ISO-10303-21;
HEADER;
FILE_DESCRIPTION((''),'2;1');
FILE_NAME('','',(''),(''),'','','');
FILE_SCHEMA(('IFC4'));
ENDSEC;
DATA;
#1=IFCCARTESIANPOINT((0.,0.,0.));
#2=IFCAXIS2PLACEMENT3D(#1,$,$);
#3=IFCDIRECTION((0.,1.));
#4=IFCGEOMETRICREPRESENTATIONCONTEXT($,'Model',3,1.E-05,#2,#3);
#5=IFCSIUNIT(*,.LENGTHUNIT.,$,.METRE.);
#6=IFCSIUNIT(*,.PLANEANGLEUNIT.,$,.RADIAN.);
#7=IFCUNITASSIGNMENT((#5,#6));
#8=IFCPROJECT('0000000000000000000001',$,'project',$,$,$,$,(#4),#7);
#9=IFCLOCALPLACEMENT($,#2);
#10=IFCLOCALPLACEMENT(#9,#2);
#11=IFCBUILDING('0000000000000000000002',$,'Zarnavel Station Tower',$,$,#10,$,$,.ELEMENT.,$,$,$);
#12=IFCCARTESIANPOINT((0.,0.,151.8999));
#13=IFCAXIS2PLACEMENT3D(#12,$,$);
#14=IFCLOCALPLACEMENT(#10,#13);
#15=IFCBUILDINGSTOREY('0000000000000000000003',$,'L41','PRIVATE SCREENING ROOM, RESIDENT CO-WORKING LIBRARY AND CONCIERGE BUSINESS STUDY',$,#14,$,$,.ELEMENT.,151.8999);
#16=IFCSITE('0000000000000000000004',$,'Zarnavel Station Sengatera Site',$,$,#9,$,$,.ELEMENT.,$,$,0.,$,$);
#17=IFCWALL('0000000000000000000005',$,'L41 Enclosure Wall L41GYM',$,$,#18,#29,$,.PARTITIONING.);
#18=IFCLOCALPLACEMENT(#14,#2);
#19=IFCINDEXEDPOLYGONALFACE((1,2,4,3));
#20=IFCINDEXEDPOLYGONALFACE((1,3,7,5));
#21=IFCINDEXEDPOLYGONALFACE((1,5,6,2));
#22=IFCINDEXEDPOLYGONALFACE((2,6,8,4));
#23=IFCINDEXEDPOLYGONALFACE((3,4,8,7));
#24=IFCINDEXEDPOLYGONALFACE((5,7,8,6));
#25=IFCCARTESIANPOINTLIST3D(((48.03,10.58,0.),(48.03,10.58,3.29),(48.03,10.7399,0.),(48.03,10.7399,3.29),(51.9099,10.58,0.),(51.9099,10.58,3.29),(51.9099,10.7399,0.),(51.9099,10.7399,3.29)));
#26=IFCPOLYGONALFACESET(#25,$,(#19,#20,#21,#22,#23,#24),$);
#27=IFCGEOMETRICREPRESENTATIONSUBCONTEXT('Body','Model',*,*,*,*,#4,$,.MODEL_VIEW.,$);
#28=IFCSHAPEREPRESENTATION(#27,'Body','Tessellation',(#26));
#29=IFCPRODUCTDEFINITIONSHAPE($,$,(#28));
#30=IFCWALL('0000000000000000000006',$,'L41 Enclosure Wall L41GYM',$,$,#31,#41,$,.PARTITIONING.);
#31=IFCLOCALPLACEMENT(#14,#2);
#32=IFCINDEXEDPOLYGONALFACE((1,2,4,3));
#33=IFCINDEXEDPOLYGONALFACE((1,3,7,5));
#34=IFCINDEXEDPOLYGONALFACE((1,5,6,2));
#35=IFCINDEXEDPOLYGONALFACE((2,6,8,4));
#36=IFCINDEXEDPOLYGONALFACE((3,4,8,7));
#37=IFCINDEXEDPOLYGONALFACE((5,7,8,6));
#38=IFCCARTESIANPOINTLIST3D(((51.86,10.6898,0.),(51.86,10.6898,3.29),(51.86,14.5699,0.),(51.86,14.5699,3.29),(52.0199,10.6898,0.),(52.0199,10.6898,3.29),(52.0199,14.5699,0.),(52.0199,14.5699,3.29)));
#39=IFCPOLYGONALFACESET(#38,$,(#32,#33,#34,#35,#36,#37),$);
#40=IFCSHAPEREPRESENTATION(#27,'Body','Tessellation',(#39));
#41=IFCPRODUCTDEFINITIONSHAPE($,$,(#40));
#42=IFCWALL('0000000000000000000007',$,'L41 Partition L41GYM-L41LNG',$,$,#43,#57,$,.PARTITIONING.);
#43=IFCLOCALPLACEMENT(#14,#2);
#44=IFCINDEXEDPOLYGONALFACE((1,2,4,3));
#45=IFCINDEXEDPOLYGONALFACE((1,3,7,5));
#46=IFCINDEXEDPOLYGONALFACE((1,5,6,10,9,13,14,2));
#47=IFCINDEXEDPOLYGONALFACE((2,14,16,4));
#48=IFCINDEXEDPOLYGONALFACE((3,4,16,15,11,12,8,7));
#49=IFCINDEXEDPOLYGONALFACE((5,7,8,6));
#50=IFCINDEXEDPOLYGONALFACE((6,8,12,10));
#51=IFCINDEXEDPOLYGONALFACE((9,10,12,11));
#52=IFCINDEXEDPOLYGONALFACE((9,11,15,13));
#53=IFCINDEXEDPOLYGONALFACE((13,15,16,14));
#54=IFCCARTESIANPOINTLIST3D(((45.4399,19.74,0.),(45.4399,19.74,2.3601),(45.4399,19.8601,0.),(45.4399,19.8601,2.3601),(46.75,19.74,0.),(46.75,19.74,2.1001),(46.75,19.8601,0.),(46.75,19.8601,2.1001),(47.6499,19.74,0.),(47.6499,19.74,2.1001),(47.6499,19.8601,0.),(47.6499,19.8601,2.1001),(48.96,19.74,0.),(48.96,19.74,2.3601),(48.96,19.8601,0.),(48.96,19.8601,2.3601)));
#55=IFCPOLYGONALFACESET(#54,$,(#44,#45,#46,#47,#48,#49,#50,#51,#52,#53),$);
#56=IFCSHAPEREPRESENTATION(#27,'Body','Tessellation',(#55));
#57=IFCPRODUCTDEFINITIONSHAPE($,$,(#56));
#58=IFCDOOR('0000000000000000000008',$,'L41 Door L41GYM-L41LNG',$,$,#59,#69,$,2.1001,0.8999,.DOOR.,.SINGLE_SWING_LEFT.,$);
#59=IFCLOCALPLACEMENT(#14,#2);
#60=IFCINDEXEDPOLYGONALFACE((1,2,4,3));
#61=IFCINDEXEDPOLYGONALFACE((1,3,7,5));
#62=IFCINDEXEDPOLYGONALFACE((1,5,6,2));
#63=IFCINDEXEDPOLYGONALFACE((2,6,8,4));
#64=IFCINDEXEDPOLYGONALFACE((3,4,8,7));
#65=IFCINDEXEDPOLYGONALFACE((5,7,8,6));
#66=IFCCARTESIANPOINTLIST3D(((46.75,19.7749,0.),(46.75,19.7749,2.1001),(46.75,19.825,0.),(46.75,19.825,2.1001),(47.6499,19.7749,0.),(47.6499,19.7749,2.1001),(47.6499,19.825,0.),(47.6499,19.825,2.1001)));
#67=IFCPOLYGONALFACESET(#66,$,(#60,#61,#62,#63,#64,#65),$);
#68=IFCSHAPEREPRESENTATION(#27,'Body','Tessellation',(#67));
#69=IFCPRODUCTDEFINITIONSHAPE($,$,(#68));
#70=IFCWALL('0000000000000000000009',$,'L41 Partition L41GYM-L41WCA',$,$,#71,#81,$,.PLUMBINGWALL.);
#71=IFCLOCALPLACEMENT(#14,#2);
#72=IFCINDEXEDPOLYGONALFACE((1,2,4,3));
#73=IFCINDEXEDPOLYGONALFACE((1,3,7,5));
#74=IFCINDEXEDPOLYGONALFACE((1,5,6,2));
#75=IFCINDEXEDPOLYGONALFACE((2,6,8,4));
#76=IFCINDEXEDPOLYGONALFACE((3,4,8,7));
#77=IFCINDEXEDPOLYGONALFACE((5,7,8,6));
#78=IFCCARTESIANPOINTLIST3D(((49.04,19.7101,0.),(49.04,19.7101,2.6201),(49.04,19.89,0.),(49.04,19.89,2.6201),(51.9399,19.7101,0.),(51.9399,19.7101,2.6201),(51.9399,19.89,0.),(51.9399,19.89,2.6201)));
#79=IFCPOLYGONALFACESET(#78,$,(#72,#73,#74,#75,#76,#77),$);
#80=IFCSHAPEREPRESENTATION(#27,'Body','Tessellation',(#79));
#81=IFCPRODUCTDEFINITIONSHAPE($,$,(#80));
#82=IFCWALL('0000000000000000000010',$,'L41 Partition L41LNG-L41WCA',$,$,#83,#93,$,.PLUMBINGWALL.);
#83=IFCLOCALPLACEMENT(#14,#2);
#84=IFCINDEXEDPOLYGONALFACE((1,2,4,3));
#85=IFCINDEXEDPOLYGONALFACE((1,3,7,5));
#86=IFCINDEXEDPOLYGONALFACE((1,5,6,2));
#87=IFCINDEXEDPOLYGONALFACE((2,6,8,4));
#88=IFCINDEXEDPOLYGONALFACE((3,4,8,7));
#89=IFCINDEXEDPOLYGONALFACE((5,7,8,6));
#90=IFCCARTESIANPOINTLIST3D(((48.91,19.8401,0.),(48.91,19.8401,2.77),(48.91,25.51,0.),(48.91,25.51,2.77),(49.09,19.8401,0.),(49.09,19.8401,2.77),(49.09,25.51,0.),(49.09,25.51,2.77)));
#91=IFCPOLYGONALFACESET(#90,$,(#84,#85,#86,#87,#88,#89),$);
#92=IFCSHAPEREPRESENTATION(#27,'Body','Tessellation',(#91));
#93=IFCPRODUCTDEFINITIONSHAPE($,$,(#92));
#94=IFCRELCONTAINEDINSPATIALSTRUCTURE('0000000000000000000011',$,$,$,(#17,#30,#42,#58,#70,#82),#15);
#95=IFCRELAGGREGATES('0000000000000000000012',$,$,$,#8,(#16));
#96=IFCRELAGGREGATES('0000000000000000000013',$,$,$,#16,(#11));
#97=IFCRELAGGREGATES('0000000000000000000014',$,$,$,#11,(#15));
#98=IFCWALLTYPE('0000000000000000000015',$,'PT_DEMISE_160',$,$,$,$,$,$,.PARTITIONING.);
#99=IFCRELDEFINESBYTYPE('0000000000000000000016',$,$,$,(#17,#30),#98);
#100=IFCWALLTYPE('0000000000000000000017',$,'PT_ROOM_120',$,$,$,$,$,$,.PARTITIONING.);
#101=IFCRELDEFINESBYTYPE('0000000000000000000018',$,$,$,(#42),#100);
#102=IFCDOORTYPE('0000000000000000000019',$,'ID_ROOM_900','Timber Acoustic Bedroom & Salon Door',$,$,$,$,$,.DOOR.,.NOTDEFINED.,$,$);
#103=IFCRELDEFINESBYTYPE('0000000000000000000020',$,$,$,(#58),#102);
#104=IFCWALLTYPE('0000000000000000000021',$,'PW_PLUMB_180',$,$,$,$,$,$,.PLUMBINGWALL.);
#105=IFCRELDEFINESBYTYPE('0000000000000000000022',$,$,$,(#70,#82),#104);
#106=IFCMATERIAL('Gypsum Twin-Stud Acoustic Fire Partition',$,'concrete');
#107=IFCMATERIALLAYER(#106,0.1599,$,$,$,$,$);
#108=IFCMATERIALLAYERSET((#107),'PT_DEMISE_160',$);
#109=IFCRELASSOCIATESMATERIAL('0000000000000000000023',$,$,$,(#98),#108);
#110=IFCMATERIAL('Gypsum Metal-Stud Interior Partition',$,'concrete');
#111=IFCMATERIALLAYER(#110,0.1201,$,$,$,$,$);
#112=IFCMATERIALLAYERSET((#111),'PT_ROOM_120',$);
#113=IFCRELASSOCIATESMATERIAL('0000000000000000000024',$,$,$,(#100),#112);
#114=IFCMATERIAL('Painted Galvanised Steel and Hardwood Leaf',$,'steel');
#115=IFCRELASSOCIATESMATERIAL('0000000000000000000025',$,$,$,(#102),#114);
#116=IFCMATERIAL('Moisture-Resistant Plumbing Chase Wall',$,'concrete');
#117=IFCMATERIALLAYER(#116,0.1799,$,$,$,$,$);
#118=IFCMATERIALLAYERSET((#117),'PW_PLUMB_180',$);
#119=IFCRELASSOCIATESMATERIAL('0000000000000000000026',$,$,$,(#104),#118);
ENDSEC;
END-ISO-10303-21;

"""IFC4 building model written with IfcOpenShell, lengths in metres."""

from ifc_helpers import new_model, si_unit, direction, frame, frame_2d, origin, place, context, subcontext, project, spatial, rectangle, extrude, material, layer, layer_set, type_object, element, fill, save


model = new_model("IFC4")

# Units and contexts
model_context = context("Model", 3, precision=1e-05, world=origin(), true_north=direction((0.0, 1.0)))
body_context = subcontext(model_context, "Body", "Model", "MODEL_VIEW")
ifc_project = project(units=[si_unit("LENGTHUNIT", "METRE"), si_unit("PLANEANGLEUNIT", "RADIAN")], contexts=[model_context])

# Site, building, storey
site_placement = place(None, origin())
site = spatial("IfcSite", under=ifc_project, at=site_placement, Name="Zarnavel Station Sengatera Site", CompositionType="ELEMENT", RefElevation=0.0)
building_placement = place(site_placement, origin())
building = spatial("IfcBuilding", under=site, at=building_placement, Name="Zarnavel Station Tower", CompositionType="ELEMENT")
storey_placement = place(building_placement, frame((0.0, 0.0, 151.8999)))
storey = spatial("IfcBuildingStorey", under=building, at=storey_placement, Name="L41", Description="PRIVATE SCREENING ROOM, RESIDENT CO-WORKING LIBRARY AND CONCIERGE BUSINESS STUDY", CompositionType="ELEMENT", Elevation=151.8999)

# Walls
ifc_material_1 = material(Name="Gypsum Twin-Stud Acoustic Fire Partition", Category="concrete")
ifc_layer_1 = layer(ifc_material_1, 0.1599)
ifc_layer_set_1 = layer_set([ifc_layer_1], Name="PT_DEMISE_160")
wall_type_1 = type_object("IfcWallType", Name="PT_DEMISE_160", PredefinedType="PARTITIONING", material=ifc_layer_set_1)
wall_1_placement = place(storey_placement, frame((48.03, 10.6599, 0.0), z_axis=(0.0, 0.0, 1.0), x_axis=(1.0, 0.0, 0.0)))
element("IfcWall", 1, at=wall_1_placement, inside=storey, type_object=wall_type_1, Name="L41 Enclosure Wall L41GYM", PredefinedType="PARTITIONING", context=body_context, shape_type="SweptSolid", body=[
    extrude(rectangle(XDim=3.8799, YDim=0.1599, at=frame_2d((1.9399, 0.0))), origin(), (0.0, 0.0, 1.0), 3.29),
])
wall_2_placement = place(storey_placement, frame((51.9399, 10.6899, 0.0), z_axis=(0.0, 0.0, 1.0), x_axis=(0.0, 1.0, 0.0)))
element("IfcWall", 2, at=wall_2_placement, inside=storey, type_object=wall_type_1, Name="L41 Enclosure Wall L41GYM", PredefinedType="PARTITIONING", context=body_context, shape_type="SweptSolid", body=[
    extrude(rectangle(XDim=3.8801, YDim=0.1599, at=frame_2d((1.9399, 0.0))), origin(), (0.0, 0.0, 1.0), 3.29),
])

# Wall, opening, door
ifc_material_2 = material(Name="Gypsum Metal-Stud Interior Partition", Category="concrete")
ifc_layer_2 = layer(ifc_material_2, 0.1201)
ifc_layer_set_2 = layer_set([ifc_layer_2], Name="PT_ROOM_120")
wall_type_2 = type_object("IfcWallType", Name="PT_ROOM_120", PredefinedType="PARTITIONING", material=ifc_layer_set_2)
wall_3_placement = place(storey_placement, frame((45.4399, 19.8, 0.0), z_axis=(0.0, 0.0, 1.0), x_axis=(1.0, 0.0, 0.0)))
wall_3 = element("IfcWall", 3, at=wall_3_placement, inside=storey, type_object=wall_type_2, Name="L41 Partition L41GYM-L41LNG", PredefinedType="PARTITIONING", context=body_context, shape_type="SweptSolid", body=[
    extrude(rectangle(XDim=3.52, YDim=0.1201, at=frame_2d((1.76, 0.0))), origin(), (0.0, 0.0, 1.0), 2.3601),
])
opening_1_placement = place(wall_3_placement, frame((1.3101, 0.0, 0.0)))
opening_1 = element("IfcOpeningElement", 4, at=opening_1_placement, cuts=wall_3, PredefinedType="OPENING", context=body_context, shape_type="SweptSolid", body=[
    extrude(rectangle(XDim=0.8999, YDim=2.1001, at=frame_2d((0.45, 1.05))), frame((0.0, 0.0701, 0.0), z_axis=(0.0, -1.0, 0.0), x_axis=(1.0, 0.0, 0.0)), (0.0, 0.0, 1.0), 0.1401),
])
ifc_material_3 = material(Name="Painted Galvanised Steel and Hardwood Leaf", Category="steel")
door_type = type_object("IfcDoorType", Name="ID_ROOM_900", Description="Timber Acoustic Bedroom & Salon Door", OperationType="NOTDEFINED", PredefinedType="DOOR", material=ifc_material_3)
door_placement = place(opening_1_placement, origin())
door = element("IfcDoor", 5, at=door_placement, inside=storey, type_object=door_type, Name="L41 Door L41GYM-L41LNG", OperationType="SINGLE_SWING_LEFT", OverallHeight=2.1001, OverallWidth=0.8999, PredefinedType="DOOR", context=body_context, shape_type="SweptSolid", body=[
    extrude(rectangle(XDim=0.8999, YDim=2.1001, at=frame_2d((0.45, 1.05))), frame((0.0, 0.0249, 0.0), z_axis=(0.0, -1.0, 0.0), x_axis=(1.0, 0.0, 0.0)), (0.0, 0.0, 1.0), 0.05),
])
fill(opening_1, door)

# Walls
ifc_material_4 = material(Name="Moisture-Resistant Plumbing Chase Wall", Category="concrete")
ifc_layer_3 = layer(ifc_material_4, 0.1799)
ifc_layer_set_3 = layer_set([ifc_layer_3], Name="PW_PLUMB_180")
wall_type_3 = type_object("IfcWallType", Name="PW_PLUMB_180", PredefinedType="PLUMBINGWALL", material=ifc_layer_set_3)
wall_4_placement = place(storey_placement, frame((49.04, 19.8, 0.0), z_axis=(0.0, 0.0, 1.0), x_axis=(1.0, 0.0, 0.0)))
element("IfcWall", 6, at=wall_4_placement, inside=storey, type_object=wall_type_3, Name="L41 Partition L41GYM-L41WCA", PredefinedType="PLUMBINGWALL", context=body_context, shape_type="SweptSolid", body=[
    extrude(rectangle(XDim=2.8999, YDim=0.1799, at=frame_2d((1.45, 0.0))), origin(), (0.0, 0.0, 1.0), 2.6201),
])
wall_5_placement = place(storey_placement, frame((49.0, 19.8401, 0.0), z_axis=(0.0, 0.0, 1.0), x_axis=(0.0, 1.0, 0.0)))
element("IfcWall", 7, at=wall_5_placement, inside=storey, type_object=wall_type_3, Name="L41 Partition L41LNG-L41WCA", PredefinedType="PLUMBINGWALL", context=body_context, shape_type="SweptSolid", body=[
    extrude(rectangle(XDim=5.6699, YDim=0.1799, at=frame_2d((2.835, 0.0))), origin(), (0.0, 0.0, 1.0), 2.77),
])

save(model, "model.ifc")
